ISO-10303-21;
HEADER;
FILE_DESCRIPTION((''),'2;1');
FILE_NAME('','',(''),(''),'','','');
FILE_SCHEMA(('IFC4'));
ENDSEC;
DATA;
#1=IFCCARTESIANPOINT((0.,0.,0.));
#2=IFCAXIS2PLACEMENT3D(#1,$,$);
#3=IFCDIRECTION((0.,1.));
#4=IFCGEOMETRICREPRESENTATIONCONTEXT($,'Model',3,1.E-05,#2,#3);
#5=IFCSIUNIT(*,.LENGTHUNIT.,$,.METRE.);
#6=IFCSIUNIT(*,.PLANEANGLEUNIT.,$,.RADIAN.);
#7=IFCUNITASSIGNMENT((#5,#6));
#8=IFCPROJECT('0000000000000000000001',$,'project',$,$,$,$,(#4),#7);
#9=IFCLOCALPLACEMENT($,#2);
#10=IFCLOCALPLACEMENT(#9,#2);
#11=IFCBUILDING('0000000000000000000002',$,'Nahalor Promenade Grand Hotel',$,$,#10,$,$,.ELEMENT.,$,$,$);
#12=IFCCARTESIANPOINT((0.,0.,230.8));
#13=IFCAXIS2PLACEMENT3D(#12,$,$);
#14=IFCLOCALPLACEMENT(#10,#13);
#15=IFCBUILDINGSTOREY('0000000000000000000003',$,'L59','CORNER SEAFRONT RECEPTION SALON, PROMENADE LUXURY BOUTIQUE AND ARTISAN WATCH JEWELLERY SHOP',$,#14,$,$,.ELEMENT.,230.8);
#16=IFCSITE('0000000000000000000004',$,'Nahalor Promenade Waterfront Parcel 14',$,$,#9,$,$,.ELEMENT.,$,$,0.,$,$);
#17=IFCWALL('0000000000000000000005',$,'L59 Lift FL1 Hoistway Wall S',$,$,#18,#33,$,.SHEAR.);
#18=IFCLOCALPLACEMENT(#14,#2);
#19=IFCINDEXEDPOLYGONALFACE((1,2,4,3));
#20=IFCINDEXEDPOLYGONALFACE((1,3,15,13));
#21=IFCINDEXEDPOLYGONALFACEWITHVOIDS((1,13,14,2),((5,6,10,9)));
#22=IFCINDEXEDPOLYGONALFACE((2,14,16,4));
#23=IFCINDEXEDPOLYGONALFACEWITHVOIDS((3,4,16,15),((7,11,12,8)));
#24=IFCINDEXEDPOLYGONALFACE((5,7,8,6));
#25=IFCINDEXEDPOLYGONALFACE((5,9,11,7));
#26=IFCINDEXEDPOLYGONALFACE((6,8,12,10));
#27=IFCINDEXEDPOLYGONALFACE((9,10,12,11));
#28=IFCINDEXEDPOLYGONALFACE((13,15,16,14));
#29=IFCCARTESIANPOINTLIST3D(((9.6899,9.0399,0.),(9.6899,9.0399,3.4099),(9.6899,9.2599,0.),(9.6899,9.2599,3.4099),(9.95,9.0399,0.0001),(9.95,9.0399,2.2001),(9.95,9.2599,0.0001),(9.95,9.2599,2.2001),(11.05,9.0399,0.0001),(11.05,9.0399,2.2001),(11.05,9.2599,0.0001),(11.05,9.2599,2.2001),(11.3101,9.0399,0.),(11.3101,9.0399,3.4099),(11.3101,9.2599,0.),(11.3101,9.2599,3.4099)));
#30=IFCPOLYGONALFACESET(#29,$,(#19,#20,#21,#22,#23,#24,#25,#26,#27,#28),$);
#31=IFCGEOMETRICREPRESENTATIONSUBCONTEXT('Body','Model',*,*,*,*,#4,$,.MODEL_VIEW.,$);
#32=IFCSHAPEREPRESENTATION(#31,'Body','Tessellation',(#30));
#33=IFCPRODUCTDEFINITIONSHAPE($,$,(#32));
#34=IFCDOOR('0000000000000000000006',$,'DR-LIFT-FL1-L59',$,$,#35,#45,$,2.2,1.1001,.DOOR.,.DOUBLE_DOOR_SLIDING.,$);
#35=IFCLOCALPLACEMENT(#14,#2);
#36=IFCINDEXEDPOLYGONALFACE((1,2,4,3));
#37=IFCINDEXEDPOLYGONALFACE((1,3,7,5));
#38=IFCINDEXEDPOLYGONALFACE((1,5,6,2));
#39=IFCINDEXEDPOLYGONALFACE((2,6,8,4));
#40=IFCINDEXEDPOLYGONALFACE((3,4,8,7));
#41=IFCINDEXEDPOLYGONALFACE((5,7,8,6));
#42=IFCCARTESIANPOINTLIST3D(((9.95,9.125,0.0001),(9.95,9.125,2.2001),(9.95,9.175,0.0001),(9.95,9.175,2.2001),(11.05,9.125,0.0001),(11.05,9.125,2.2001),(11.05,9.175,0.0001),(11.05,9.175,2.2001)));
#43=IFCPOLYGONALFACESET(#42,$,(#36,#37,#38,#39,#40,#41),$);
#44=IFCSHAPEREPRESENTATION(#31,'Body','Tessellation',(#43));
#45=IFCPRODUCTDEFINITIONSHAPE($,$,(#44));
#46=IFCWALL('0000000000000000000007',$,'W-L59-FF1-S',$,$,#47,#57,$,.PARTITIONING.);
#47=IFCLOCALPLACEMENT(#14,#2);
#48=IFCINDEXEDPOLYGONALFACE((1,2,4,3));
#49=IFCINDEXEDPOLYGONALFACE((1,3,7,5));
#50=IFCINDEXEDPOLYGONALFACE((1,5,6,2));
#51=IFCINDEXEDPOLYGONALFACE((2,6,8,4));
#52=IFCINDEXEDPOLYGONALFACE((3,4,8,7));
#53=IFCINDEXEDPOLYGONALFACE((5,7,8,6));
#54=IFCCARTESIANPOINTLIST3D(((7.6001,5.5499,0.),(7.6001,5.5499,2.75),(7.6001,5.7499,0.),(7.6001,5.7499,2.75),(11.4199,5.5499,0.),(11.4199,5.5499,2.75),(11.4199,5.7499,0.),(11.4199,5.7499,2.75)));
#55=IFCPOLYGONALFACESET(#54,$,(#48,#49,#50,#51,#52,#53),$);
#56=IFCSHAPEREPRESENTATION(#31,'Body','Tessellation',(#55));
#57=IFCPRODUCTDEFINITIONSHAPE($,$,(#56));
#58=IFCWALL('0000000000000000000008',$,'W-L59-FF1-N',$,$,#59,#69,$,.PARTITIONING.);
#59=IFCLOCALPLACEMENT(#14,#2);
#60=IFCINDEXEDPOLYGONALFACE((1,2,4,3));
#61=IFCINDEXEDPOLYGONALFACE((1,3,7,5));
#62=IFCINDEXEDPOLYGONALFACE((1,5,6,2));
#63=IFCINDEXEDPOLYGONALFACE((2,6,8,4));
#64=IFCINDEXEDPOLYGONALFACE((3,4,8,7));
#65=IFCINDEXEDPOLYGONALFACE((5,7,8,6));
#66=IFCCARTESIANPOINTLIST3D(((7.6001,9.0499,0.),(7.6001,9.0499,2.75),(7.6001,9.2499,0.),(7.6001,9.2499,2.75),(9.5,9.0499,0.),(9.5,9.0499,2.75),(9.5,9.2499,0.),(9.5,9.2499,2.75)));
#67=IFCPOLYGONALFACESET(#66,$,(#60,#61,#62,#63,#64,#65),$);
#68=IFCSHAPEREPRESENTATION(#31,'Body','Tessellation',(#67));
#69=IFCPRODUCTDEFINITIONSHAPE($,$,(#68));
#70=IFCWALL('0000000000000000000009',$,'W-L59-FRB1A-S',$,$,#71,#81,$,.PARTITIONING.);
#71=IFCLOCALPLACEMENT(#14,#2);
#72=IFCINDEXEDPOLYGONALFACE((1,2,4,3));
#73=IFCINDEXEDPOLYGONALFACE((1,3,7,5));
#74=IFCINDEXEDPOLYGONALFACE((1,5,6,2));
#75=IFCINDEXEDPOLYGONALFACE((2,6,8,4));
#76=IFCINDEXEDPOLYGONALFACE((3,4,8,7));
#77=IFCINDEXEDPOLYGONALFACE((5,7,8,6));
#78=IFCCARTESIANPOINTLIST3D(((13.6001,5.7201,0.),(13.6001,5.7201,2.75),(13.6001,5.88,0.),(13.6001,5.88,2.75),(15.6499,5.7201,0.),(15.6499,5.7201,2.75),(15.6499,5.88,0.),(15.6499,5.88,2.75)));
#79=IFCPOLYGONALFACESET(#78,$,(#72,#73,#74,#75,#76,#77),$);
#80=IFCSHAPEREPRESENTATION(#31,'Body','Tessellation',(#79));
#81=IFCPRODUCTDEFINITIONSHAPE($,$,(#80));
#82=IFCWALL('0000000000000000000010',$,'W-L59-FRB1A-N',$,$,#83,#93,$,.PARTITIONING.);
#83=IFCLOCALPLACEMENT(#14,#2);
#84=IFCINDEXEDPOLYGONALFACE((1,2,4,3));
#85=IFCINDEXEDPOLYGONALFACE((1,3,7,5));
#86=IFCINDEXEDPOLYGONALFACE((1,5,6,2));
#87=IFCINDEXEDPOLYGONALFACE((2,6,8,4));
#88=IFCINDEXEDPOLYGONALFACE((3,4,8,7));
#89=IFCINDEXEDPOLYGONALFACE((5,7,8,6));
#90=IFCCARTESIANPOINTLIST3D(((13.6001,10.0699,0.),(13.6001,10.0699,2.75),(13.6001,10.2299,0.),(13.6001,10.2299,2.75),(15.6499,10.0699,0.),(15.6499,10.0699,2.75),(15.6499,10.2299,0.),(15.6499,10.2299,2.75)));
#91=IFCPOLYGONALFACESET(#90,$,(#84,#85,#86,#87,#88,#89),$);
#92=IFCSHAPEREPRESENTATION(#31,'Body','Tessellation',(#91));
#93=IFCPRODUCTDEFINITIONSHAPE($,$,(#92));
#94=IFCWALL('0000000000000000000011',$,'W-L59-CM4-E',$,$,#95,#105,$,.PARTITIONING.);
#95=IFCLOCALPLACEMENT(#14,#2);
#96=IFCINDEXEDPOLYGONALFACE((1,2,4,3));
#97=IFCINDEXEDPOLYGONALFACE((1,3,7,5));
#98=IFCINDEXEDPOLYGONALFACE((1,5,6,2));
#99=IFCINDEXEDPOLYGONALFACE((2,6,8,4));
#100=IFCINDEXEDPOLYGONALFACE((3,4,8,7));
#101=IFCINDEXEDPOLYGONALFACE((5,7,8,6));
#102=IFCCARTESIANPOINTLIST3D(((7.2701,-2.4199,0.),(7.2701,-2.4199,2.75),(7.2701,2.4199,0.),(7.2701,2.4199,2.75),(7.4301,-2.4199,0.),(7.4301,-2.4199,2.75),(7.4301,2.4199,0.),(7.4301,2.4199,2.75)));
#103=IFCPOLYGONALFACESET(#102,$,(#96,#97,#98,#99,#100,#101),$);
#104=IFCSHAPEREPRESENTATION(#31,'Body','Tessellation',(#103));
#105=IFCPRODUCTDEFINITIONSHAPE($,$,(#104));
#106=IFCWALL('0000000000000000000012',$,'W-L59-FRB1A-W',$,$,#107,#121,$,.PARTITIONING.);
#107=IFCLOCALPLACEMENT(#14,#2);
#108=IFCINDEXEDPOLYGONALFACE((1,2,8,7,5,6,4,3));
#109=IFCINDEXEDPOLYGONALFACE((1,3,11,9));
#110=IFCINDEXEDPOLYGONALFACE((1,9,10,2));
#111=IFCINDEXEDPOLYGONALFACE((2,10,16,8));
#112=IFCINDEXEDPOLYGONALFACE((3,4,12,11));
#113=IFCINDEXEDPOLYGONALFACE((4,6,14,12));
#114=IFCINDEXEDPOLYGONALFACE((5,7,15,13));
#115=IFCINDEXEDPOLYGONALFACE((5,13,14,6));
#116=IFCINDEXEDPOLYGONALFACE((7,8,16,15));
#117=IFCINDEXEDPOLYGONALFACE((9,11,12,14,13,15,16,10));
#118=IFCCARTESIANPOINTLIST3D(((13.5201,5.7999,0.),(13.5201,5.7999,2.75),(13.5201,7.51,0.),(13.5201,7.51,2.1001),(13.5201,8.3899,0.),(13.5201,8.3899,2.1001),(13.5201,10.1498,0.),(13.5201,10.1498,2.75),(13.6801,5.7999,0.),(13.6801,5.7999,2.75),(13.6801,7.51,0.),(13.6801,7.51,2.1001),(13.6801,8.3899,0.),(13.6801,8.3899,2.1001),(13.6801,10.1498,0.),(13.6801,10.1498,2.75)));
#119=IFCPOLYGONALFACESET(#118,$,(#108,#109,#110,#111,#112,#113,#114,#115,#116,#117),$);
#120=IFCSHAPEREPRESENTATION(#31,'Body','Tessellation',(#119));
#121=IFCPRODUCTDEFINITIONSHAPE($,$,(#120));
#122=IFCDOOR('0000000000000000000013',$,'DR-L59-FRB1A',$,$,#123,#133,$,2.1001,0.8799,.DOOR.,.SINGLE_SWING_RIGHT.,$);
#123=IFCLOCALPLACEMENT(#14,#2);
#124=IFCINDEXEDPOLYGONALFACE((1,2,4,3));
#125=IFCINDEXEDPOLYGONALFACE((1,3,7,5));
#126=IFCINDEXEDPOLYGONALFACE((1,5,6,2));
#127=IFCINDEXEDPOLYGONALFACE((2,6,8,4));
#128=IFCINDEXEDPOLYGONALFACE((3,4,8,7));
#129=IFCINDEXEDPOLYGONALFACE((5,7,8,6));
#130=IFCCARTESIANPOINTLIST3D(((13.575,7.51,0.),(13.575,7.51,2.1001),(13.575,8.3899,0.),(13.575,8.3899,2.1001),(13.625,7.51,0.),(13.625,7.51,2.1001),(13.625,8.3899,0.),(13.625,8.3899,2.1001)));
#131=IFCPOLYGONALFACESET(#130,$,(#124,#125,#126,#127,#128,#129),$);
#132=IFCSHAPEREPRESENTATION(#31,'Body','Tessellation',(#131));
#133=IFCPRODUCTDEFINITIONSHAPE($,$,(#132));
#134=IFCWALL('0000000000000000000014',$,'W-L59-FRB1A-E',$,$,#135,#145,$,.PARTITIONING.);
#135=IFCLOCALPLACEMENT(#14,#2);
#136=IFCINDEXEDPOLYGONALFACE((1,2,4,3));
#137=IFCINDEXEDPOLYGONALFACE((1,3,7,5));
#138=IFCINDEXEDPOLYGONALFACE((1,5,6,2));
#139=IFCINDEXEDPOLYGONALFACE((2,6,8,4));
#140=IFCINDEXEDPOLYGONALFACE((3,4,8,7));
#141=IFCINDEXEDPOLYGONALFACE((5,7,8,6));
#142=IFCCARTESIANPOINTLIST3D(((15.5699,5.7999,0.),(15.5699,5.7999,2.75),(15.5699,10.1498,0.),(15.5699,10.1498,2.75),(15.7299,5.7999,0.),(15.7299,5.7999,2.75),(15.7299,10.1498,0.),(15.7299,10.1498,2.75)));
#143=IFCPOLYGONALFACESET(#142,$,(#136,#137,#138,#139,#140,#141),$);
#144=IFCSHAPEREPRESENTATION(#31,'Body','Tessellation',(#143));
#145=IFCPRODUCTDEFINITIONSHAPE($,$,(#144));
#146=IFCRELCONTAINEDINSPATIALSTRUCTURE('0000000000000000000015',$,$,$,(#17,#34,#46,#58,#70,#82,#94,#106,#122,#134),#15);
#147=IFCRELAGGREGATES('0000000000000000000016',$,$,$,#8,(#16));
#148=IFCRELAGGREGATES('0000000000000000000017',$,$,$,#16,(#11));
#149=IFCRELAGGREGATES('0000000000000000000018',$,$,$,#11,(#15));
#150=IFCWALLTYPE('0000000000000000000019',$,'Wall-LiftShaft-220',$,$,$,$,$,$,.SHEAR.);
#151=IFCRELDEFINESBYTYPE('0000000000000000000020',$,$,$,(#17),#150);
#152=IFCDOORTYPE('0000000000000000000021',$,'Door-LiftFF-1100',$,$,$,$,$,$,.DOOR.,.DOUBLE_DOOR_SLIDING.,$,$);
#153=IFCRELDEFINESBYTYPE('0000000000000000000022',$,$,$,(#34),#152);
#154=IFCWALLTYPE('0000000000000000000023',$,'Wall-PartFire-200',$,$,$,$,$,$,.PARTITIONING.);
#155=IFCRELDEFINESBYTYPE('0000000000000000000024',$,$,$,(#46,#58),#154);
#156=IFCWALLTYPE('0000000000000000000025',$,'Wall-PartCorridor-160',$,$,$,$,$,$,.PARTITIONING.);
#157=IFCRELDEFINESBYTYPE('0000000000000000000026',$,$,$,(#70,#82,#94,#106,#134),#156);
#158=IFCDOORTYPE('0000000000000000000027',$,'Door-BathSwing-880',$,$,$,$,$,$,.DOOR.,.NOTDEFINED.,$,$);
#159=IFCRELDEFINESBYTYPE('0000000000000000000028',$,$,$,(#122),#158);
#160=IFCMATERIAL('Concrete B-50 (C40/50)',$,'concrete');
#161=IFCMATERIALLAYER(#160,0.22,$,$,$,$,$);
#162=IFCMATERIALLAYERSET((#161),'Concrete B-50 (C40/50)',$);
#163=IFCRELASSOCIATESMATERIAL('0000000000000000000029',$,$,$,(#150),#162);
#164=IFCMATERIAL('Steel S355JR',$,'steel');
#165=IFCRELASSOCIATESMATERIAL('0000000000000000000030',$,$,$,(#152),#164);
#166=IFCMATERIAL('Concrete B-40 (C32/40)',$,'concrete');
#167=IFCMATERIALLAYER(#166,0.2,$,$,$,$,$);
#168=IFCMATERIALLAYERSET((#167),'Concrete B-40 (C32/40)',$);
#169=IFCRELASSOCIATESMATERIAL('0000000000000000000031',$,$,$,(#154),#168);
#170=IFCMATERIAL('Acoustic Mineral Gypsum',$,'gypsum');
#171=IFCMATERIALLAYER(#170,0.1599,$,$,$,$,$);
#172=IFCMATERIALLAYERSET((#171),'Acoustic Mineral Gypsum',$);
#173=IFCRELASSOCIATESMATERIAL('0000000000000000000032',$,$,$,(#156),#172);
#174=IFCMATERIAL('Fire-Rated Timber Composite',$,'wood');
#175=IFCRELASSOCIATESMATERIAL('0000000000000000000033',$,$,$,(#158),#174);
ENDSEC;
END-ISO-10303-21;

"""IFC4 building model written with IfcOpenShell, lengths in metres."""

from ifc_helpers import new_model, si_unit, direction, frame, frame_2d, origin, place, context, subcontext, project, spatial, rectangle, extrude, source, transform, mapped, material, layer, layer_set, type_object, element, fill, save


model = new_model("IFC4")

# Units and contexts
model_context = context("Model", 3, precision=1e-05, world=origin(), true_north=direction((0.0, 1.0)))
body_context = subcontext(model_context, "Body", "Model", "MODEL_VIEW")
ifc_project = project(units=[si_unit("LENGTHUNIT", "METRE"), si_unit("PLANEANGLEUNIT", "RADIAN")], contexts=[model_context])

# Site, building, storey
site_placement = place(None, origin())
site = spatial("IfcSite", under=ifc_project, at=site_placement, Name="Nahalor Promenade Waterfront Parcel 14", CompositionType="ELEMENT", RefElevation=0.0)
building_placement = place(site_placement, origin())
building = spatial("IfcBuilding", under=site, at=building_placement, Name="Nahalor Promenade Grand Hotel", CompositionType="ELEMENT")
storey_placement = place(building_placement, frame((0.0, 0.0, 230.8)))
storey = spatial("IfcBuildingStorey", under=building, at=storey_placement, Name="L59", Description="CORNER SEAFRONT RECEPTION SALON, PROMENADE LUXURY BOUTIQUE AND ARTISAN WATCH JEWELLERY SHOP", CompositionType="ELEMENT", Elevation=230.8)

# Shared definitions
ifc_material_1 = material(Name="Steel S355JR", Category="steel")

# Shared definitions
ifc_material_2 = material(Name="Concrete B-50 (C40/50)", Category="concrete")

# Shared definitions
ifc_layer_1 = layer(ifc_material_2, 0.22)
ifc_layer_set_1 = layer_set([ifc_layer_1], Name="Concrete B-50 (C40/50)")
wall_type_1 = type_object("IfcWallType", Name="Wall-LiftShaft-220", PredefinedType="SHEAR", material=ifc_layer_set_1)

# Wall, opening, door
shared_shape_1 = source(origin(), body_context, "Body", "SweptSolid", [
    extrude(rectangle(XDim=1.6201, YDim=0.22, at=frame_2d((0.8101, 0.0))), origin(), (0.0, 0.0, 1.0), 3.4099),
])
wall_1_placement = place(storey_placement, frame((9.6899, 9.1499, 0.0), z_axis=(0.0, 0.0, 1.0), x_axis=(1.0, 0.0, 0.0)))
wall_1 = element("IfcWall", 1, at=wall_1_placement, inside=storey, type_object=wall_type_1, Name="L59 Lift FL1 Hoistway Wall S", PredefinedType="SHEAR", context=body_context, shape_type="MappedRepresentation", body=[
    mapped(shared_shape_1, transform((0.0, 0.0, 0.0), scale=1.0)),
])
opening_1_placement = place(wall_1_placement, frame((0.26, 0.0, 0.0)))
opening_1 = element("IfcOpeningElement", 2, at=opening_1_placement, cuts=wall_1, PredefinedType="OPENING", context=body_context, shape_type="SweptSolid", body=[
    extrude(rectangle(XDim=1.1001, YDim=2.2, at=frame_2d((0.55, 1.1001))), frame((0.0, 0.1199, 0.0), z_axis=(0.0, -1.0, 0.0), x_axis=(1.0, 0.0, 0.0)), (0.0, 0.0, 1.0), 0.24),
])
door_type_1 = type_object("IfcDoorType", Name="Door-LiftFF-1100", OperationType="DOUBLE_DOOR_SLIDING", PredefinedType="DOOR", material=ifc_material_1)
shared_shape_2 = source(origin(), body_context, "Body", "SweptSolid", [
    extrude(rectangle(XDim=1.1001, YDim=2.2, at=frame_2d((0.55, 1.1001))), frame((0.0, 0.0249, 0.0), z_axis=(0.0, -1.0, 0.0), x_axis=(1.0, 0.0, 0.0)), (0.0, 0.0, 1.0), 0.05),
])
door_1_placement = place(opening_1_placement, frame((1.1001, 0.0, 0.0), z_axis=(0.0, 0.0, 1.0), x_axis=(-1.0, 0.0, 0.0)))
door_1 = element("IfcDoor", 3, at=door_1_placement, inside=storey, type_object=door_type_1, Name="DR-LIFT-FL1-L59", OperationType="DOUBLE_DOOR_SLIDING", OverallHeight=2.2, OverallWidth=1.1001, PredefinedType="DOOR", context=body_context, shape_type="MappedRepresentation", body=[
    mapped(shared_shape_2, transform((0.0, 0.0, 0.0), scale=1.0)),
])
fill(opening_1, door_1)

# Walls
ifc_material_3 = material(Name="Concrete B-40 (C32/40)", Category="concrete")
ifc_layer_2 = layer(ifc_material_3, 0.2)
ifc_layer_set_2 = layer_set([ifc_layer_2], Name="Concrete B-40 (C32/40)")
wall_type_2 = type_object("IfcWallType", Name="Wall-PartFire-200", PredefinedType="PARTITIONING", material=ifc_layer_set_2)
shared_shape_3 = source(origin(), body_context, "Body", "SweptSolid", [
    extrude(rectangle(XDim=3.8198, YDim=0.2, at=frame_2d((1.9099, 0.0))), origin(), (0.0, 0.0, 1.0), 2.75),
])
wall_2_placement = place(storey_placement, frame((7.6001, 5.6499, 0.0), z_axis=(0.0, 0.0, 1.0), x_axis=(1.0, 0.0, 0.0)))
element("IfcWall", 4, at=wall_2_placement, inside=storey, type_object=wall_type_2, Name="W-L59-FF1-S", PredefinedType="PARTITIONING", context=body_context, shape_type="MappedRepresentation", body=[
    mapped(shared_shape_3, transform((0.0, 0.0, 0.0), scale=1.0)),
])
shared_shape_4 = source(origin(), body_context, "Body", "SweptSolid", [
    extrude(rectangle(XDim=1.8999, YDim=0.2, at=frame_2d((0.95, 0.0))), origin(), (0.0, 0.0, 1.0), 2.75),
])
wall_3_placement = place(storey_placement, frame((7.6001, 9.1499, 0.0), z_axis=(0.0, 0.0, 1.0), x_axis=(1.0, 0.0, 0.0)))
element("IfcWall", 5, at=wall_3_placement, inside=storey, type_object=wall_type_2, Name="W-L59-FF1-N", PredefinedType="PARTITIONING", context=body_context, shape_type="MappedRepresentation", body=[
    mapped(shared_shape_4, transform((0.0, 0.0, 0.0), scale=1.0)),
])

# Walls
ifc_material_4 = material(Name="Acoustic Mineral Gypsum", Category="gypsum")
ifc_layer_3 = layer(ifc_material_4, 0.1599)
ifc_layer_set_3 = layer_set([ifc_layer_3], Name="Acoustic Mineral Gypsum")
wall_type_3 = type_object("IfcWallType", Name="Wall-PartCorridor-160", PredefinedType="PARTITIONING", material=ifc_layer_set_3)
shared_shape_5 = source(origin(), body_context, "Body", "SweptSolid", [
    extrude(rectangle(XDim=2.0498, YDim=0.1599, at=frame_2d((1.0249, 0.0))), origin(), (0.0, 0.0, 1.0), 2.75),
])
for number, where, z_axis, x_axis, name in (
    (6, (13.6001, 5.8, 0.0), (0.0, 0.0, 1.0), (1.0, 0.0, 0.0), "W-L59-FRB1A-S"),
    (7, (13.6001, 10.1499, 0.0), (0.0, 0.0, 1.0), (1.0, 0.0, 0.0), "W-L59-FRB1A-N"),
):
    element("IfcWall", number, at=place(storey_placement, frame(where, z_axis=z_axis, x_axis=x_axis)), inside=storey, type_object=wall_type_3, Name=name, PredefinedType="PARTITIONING", context=body_context, shape_type="MappedRepresentation", body=[
        mapped(shared_shape_5, transform((0.0, 0.0, 0.0), scale=1.0)),
    ])
shared_shape_6 = source(origin(), body_context, "Body", "SweptSolid", [
    extrude(rectangle(XDim=4.8398, YDim=0.1599, at=frame_2d((2.4199, 0.0))), origin(), (0.0, 0.0, 1.0), 2.75),
])
wall_4_placement = place(storey_placement, frame((7.3501, -2.4199, 0.0), z_axis=(0.0, 0.0, 1.0), x_axis=(0.0, 1.0, 0.0)))
element("IfcWall", 8, at=wall_4_placement, inside=storey, type_object=wall_type_3, Name="W-L59-CM4-E", PredefinedType="PARTITIONING", context=body_context, shape_type="MappedRepresentation", body=[
    mapped(shared_shape_6, transform((0.0, 0.0, 0.0), scale=1.0)),
])

# Wall, opening, door
shared_shape_7 = source(origin(), body_context, "Body", "SweptSolid", [
    extrude(rectangle(XDim=4.3499, YDim=0.1599, at=frame_2d((2.1748, 0.0))), origin(), (0.0, 0.0, 1.0), 2.75),
])
wall_5_placement = place(storey_placement, frame((13.6001, 5.8, 0.0), z_axis=(0.0, 0.0, 1.0), x_axis=(0.0, 1.0, 0.0)))
wall_5 = element("IfcWall", 9, at=wall_5_placement, inside=storey, type_object=wall_type_3, Name="W-L59-FRB1A-W", PredefinedType="PARTITIONING", context=body_context, shape_type="MappedRepresentation", body=[
    mapped(shared_shape_7, transform((0.0, 0.0, 0.0), scale=1.0)),
])
opening_2_placement = place(wall_5_placement, frame((1.71, 0.0, 0.0)))
opening_2 = element("IfcOpeningElement", 10, at=opening_2_placement, cuts=wall_5, PredefinedType="OPENING", context=body_context, shape_type="SweptSolid", body=[
    extrude(rectangle(XDim=0.8799, YDim=2.1001, at=frame_2d((0.4399, 1.05))), frame((0.0, 0.0898, 0.0), z_axis=(0.0, -1.0, 0.0), x_axis=(1.0, 0.0, 0.0)), (0.0, 0.0, 1.0), 0.1799),
])
ifc_material_5 = material(Name="Fire-Rated Timber Composite", Category="wood")
door_type_2 = type_object("IfcDoorType", Name="Door-BathSwing-880", OperationType="NOTDEFINED", PredefinedType="DOOR", material=ifc_material_5)
shared_shape_8 = source(origin(), body_context, "Body", "SweptSolid", [
    extrude(rectangle(XDim=0.8799, YDim=2.1001, at=frame_2d((0.4399, 1.05))), frame((0.0, 0.0249, 0.0), z_axis=(0.0, -1.0, 0.0), x_axis=(1.0, 0.0, 0.0)), (0.0, 0.0, 1.0), 0.05),
])
door_2_placement = place(opening_2_placement, frame((0.8799, 0.0, 0.0), z_axis=(0.0, 0.0, 1.0), x_axis=(-1.0, 0.0, 0.0)))
door_2 = element("IfcDoor", 11, at=door_2_placement, inside=storey, type_object=door_type_2, Name="DR-L59-FRB1A", OperationType="SINGLE_SWING_RIGHT", OverallHeight=2.1001, OverallWidth=0.8799, PredefinedType="DOOR", context=body_context, shape_type="MappedRepresentation", body=[
    mapped(shared_shape_8, transform((0.0, 0.0, 0.0), scale=1.0)),
])
fill(opening_2, door_2)

# Wall
wall_6_placement = place(storey_placement, frame((15.6499, 5.8, 0.0), z_axis=(0.0, 0.0, 1.0), x_axis=(0.0, 1.0, 0.0)))
element("IfcWall", 12, at=wall_6_placement, inside=storey, type_object=wall_type_3, Name="W-L59-FRB1A-E", PredefinedType="PARTITIONING", context=body_context, shape_type="MappedRepresentation", body=[
    mapped(shared_shape_7, transform((0.0, 0.0, 0.0), scale=1.0)),
])

save(model, "model.ifc")
